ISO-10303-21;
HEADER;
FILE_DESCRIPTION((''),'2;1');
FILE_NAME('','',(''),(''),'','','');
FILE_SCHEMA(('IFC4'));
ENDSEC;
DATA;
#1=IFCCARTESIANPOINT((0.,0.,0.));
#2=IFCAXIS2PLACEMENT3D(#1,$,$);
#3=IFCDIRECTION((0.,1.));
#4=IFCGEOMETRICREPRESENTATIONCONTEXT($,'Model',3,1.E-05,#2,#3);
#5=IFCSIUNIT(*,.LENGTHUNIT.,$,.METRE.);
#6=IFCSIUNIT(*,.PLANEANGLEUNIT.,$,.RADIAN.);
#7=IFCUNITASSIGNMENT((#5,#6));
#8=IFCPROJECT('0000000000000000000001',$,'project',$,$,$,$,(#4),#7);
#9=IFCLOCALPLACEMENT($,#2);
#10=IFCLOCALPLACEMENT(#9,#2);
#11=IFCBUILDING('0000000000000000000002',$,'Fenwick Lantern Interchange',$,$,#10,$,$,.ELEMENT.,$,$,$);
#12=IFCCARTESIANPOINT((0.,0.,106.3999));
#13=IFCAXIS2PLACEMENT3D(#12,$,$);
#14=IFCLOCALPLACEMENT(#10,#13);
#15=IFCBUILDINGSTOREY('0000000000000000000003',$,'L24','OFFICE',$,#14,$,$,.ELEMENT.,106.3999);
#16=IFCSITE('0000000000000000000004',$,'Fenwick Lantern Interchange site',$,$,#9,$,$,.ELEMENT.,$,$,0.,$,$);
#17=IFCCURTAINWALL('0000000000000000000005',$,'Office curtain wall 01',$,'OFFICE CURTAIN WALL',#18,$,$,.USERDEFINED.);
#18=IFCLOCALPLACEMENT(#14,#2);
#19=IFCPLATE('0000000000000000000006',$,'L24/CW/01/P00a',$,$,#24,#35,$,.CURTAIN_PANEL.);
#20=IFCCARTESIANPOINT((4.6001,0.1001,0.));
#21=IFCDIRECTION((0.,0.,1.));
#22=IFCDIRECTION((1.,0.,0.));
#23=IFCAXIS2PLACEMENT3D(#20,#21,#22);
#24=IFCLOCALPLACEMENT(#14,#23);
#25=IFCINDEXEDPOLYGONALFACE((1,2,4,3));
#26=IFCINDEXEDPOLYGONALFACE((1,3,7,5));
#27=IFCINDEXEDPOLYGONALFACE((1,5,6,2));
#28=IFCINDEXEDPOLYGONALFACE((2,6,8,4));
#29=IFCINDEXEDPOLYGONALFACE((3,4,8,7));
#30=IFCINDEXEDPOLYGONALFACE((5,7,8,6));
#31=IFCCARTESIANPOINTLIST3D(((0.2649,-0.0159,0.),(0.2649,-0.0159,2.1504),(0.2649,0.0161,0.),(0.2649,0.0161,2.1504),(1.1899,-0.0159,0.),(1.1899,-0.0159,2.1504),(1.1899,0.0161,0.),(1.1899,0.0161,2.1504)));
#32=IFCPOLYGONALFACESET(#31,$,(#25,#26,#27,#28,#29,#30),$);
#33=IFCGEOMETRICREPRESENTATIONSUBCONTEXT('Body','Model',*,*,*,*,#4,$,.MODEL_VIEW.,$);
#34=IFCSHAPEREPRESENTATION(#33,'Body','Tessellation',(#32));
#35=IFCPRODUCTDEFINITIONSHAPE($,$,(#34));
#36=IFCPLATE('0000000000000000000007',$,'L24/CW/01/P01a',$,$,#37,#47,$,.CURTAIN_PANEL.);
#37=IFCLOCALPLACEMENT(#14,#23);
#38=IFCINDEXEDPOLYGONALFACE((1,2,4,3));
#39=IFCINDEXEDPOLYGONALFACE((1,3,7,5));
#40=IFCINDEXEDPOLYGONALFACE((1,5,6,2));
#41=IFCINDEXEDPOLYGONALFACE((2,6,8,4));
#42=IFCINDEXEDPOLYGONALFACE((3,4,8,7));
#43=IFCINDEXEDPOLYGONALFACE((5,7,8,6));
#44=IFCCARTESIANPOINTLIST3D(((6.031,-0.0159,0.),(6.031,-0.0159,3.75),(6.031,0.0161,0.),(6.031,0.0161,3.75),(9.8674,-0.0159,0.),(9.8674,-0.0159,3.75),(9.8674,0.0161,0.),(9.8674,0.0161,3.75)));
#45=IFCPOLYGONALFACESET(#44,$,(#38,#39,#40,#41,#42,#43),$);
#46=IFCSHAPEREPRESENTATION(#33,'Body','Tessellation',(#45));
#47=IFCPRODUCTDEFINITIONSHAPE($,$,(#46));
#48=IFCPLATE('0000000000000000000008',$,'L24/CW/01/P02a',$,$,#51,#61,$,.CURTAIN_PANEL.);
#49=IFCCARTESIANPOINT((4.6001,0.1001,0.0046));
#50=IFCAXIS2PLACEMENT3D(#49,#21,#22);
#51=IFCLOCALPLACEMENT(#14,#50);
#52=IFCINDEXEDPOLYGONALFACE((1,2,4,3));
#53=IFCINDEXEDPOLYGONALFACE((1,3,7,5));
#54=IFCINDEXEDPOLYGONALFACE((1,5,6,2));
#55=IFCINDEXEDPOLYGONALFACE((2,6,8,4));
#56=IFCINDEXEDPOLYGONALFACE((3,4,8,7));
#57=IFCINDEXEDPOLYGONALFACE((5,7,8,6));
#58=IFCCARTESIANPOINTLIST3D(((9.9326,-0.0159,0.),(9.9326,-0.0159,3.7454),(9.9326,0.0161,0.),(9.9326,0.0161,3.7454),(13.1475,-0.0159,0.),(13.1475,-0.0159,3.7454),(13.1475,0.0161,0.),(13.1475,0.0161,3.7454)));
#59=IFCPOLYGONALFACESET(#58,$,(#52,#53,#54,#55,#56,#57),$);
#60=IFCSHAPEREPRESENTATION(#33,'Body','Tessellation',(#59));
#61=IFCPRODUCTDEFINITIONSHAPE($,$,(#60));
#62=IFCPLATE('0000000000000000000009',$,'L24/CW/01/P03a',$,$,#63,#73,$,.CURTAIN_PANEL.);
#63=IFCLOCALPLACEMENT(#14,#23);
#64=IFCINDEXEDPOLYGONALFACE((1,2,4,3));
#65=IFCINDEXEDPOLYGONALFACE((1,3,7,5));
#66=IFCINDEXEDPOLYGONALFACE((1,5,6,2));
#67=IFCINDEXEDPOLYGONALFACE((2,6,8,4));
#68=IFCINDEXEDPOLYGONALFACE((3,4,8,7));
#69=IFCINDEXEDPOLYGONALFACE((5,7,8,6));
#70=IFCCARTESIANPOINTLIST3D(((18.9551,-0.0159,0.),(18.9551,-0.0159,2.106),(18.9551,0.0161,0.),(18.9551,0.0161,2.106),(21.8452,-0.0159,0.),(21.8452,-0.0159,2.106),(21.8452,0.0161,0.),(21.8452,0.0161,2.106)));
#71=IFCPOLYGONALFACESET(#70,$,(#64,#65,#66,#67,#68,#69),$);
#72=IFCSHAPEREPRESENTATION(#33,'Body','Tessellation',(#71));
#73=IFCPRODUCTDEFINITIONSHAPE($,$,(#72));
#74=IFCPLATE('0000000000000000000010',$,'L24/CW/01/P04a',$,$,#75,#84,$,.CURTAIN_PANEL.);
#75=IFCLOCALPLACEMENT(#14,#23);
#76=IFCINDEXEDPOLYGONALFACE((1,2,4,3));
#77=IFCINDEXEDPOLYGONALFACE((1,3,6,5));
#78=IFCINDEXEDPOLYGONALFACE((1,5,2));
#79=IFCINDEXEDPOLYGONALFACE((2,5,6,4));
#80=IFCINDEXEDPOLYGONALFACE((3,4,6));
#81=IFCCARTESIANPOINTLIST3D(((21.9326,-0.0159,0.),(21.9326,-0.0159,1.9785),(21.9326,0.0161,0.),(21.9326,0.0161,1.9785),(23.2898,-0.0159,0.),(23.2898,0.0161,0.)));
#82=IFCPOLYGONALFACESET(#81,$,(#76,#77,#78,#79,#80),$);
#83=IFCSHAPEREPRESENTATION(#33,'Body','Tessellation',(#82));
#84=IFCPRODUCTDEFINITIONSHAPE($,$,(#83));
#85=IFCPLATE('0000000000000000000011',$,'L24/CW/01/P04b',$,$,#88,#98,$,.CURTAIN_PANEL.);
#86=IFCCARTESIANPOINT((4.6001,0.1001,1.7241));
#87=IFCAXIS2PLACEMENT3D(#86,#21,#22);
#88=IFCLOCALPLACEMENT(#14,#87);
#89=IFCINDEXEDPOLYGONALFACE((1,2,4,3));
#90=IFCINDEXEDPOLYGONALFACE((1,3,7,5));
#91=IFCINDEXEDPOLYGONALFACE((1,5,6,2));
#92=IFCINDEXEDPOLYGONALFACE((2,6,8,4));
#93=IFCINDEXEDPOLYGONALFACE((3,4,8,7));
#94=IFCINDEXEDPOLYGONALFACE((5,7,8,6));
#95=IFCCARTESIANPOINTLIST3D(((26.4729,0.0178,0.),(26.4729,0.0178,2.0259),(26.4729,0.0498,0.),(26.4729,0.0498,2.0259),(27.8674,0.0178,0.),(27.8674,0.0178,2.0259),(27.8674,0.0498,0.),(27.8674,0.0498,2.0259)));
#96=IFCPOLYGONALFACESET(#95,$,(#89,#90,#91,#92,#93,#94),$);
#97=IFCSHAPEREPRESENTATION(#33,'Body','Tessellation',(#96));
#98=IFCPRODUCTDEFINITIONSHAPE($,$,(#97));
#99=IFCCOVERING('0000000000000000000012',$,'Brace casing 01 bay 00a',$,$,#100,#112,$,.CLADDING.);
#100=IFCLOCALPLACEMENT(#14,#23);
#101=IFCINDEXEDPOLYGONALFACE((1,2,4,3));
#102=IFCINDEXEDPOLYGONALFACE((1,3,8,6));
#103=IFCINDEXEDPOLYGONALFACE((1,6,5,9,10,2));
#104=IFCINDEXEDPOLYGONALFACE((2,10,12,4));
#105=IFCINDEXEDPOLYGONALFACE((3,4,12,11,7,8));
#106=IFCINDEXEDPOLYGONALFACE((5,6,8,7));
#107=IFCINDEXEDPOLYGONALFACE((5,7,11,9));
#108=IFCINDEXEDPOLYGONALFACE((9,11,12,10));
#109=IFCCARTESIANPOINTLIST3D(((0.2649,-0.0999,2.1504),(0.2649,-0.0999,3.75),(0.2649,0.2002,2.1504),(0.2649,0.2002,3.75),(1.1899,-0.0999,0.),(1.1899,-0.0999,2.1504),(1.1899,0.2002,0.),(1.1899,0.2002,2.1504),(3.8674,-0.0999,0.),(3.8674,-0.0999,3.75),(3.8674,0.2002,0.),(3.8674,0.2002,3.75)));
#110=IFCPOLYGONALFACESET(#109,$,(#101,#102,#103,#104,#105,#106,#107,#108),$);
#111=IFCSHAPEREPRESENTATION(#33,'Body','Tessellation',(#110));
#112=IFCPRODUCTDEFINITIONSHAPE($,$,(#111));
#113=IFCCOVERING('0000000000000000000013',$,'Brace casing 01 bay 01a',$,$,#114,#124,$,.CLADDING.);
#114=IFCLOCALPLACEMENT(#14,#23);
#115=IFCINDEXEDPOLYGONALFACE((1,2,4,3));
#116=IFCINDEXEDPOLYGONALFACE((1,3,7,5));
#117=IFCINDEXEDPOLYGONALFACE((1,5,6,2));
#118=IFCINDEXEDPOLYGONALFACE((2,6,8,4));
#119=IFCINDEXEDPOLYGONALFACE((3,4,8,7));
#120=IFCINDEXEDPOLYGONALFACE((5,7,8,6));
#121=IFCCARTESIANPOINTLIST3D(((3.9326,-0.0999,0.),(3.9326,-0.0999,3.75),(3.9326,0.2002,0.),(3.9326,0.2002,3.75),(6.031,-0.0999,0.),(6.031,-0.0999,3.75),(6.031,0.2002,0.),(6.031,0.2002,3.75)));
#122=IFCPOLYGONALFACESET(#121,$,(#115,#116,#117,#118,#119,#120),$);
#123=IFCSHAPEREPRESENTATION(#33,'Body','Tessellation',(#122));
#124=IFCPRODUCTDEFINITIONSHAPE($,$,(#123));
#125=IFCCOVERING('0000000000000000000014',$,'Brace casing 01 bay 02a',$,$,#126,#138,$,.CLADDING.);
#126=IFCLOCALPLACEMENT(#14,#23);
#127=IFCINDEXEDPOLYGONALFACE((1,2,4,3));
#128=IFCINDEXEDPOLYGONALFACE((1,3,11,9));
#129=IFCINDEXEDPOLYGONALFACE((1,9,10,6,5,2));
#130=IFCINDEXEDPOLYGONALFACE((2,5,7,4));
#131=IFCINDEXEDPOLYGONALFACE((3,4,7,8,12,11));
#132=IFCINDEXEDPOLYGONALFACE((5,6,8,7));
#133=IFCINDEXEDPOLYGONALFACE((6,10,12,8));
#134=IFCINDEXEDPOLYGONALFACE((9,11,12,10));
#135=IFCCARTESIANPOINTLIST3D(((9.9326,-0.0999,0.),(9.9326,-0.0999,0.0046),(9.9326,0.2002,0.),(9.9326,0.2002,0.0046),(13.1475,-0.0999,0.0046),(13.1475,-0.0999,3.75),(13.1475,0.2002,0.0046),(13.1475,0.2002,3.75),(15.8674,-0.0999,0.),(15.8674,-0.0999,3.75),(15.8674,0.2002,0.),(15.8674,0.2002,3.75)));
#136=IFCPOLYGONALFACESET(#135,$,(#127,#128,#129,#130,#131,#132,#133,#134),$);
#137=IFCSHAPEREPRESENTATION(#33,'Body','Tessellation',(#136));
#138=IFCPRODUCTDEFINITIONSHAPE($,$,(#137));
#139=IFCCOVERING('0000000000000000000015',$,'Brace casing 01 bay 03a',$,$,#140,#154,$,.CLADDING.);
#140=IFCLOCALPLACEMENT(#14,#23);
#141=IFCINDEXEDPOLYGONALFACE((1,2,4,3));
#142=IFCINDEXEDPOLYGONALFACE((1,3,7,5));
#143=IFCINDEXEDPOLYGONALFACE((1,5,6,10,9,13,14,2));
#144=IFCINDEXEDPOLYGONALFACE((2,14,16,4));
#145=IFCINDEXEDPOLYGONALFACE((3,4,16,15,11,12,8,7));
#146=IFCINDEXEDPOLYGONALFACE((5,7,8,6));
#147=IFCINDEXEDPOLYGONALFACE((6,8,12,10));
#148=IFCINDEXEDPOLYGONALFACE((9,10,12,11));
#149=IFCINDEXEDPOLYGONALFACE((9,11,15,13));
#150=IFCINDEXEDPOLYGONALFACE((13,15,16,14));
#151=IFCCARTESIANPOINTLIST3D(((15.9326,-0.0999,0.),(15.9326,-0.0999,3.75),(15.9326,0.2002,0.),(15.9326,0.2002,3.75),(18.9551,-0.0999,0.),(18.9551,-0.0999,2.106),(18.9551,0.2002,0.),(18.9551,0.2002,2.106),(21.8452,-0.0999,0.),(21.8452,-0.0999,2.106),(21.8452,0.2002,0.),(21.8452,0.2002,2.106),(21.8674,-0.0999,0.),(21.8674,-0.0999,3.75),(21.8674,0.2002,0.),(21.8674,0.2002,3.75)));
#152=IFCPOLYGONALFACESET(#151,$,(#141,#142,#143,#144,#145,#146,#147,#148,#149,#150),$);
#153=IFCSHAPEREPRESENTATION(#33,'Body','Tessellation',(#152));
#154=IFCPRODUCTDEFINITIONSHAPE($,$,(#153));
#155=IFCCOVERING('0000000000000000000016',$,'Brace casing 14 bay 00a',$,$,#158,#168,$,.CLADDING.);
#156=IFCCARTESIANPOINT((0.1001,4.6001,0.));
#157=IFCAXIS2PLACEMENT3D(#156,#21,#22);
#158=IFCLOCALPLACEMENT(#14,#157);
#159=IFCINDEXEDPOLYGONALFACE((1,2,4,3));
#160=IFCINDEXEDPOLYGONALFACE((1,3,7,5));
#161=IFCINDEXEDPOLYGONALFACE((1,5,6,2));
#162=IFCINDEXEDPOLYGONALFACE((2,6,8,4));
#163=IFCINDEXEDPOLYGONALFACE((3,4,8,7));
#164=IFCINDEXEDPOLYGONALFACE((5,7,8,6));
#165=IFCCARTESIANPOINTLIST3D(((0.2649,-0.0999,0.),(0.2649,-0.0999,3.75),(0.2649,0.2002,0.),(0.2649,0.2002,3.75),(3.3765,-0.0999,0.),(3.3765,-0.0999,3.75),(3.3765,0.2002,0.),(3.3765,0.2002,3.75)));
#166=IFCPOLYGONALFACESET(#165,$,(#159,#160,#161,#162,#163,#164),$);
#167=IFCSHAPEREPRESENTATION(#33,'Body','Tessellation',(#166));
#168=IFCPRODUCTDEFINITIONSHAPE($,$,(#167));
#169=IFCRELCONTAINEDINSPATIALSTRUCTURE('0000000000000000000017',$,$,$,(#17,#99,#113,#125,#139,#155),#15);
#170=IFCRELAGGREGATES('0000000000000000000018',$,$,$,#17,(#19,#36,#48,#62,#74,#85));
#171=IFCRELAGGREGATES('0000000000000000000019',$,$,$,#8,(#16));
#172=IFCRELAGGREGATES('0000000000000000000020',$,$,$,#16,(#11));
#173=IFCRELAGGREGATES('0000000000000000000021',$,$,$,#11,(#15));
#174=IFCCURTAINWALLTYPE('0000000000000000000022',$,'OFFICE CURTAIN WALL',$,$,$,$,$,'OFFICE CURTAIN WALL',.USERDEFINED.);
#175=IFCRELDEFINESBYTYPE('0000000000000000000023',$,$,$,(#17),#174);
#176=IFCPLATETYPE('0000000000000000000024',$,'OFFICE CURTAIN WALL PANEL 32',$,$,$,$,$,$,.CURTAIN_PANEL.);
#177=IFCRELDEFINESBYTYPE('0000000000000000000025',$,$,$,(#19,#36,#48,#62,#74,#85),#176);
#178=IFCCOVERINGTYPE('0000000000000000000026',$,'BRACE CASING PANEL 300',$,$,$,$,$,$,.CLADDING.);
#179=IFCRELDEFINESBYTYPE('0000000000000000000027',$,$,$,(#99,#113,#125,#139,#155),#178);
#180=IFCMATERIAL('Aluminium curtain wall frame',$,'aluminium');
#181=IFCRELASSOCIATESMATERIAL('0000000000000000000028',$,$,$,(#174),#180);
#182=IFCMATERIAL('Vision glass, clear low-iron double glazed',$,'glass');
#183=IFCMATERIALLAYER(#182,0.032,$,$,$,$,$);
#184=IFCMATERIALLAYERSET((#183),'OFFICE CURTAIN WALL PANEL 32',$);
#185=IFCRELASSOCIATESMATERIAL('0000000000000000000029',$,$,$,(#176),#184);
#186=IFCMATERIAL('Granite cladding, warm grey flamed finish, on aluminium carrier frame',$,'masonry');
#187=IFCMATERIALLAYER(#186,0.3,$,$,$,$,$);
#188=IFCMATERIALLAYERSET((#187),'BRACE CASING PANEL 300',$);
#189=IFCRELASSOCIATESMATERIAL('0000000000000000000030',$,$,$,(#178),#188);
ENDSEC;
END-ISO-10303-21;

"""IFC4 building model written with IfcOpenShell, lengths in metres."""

from ifc_helpers import new_model, si_unit, direction, frame, origin, place, context, subcontext, project, spatial, polyline, outline, extrude, material, layer, layer_set, type_object, element, aggregate, save


model = new_model("IFC4")

# Units and contexts
model_context = context("Model", 3, precision=1e-05, world=origin(), true_north=direction((0.0, 1.0)))
body_context = subcontext(model_context, "Body", "Model", "MODEL_VIEW")
ifc_project = project(units=[si_unit("LENGTHUNIT", "METRE"), si_unit("PLANEANGLEUNIT", "RADIAN")], contexts=[model_context])

# Site, building, storey
site_placement = place(None, origin())
site = spatial("IfcSite", under=ifc_project, at=site_placement, Name="Fenwick Lantern Interchange site", CompositionType="ELEMENT", RefElevation=0.0)
building_placement = place(site_placement, origin())
building = spatial("IfcBuilding", under=site, at=building_placement, Name="Fenwick Lantern Interchange", CompositionType="ELEMENT")
storey_placement = place(building_placement, frame((0.0, 0.0, 106.3999)))
storey = spatial("IfcBuildingStorey", under=building, at=storey_placement, Name="L24", Description="OFFICE", CompositionType="ELEMENT", Elevation=106.3999)

# Shared definitions
ifc_material_1 = material(Name="Aluminium curtain wall frame", Category="aluminium")
curtain_wall_type = type_object("IfcCurtainWallType", Name="OFFICE CURTAIN WALL", ElementType="OFFICE CURTAIN WALL", PredefinedType="USERDEFINED", material=ifc_material_1)

# Curtain wall, plates
curtain_wall_1_placement = place(storey_placement, origin())
curtain_wall_1 = element("IfcCurtainWall", 1, at=curtain_wall_1_placement, inside=storey, type_object=curtain_wall_type, Name="Office curtain wall 01", ObjectType="OFFICE CURTAIN WALL", PredefinedType="USERDEFINED")
ifc_material_2 = material(Name="Vision glass, clear low-iron double glazed", Category="glass")
ifc_layer_1 = layer(ifc_material_2, 0.032)
ifc_layer_set_1 = layer_set([ifc_layer_1], Name="OFFICE CURTAIN WALL PANEL 32")
plate_type = type_object("IfcPlateType", Name="OFFICE CURTAIN WALL PANEL 32", PredefinedType="CURTAIN_PANEL", material=ifc_layer_set_1)
plate_1_placement = place(storey_placement, frame((4.6001, 0.1001, 0.0), z_axis=(0.0, 0.0, 1.0), x_axis=(1.0, 0.0, 0.0)))
plate_1 = element("IfcPlate", 2, at=plate_1_placement, type_object=plate_type, Name="L24/CW/01/P00a", PredefinedType="CURTAIN_PANEL", context=body_context, shape_type="SweptSolid", body=[
    extrude(outline(polyline([(0.2649, 0.0), (1.1899, 0.0), (1.1899, 2.1504), (0.2649, 2.1504), (0.2649, 0.0)])), frame((0.0, 0.0161, 0.0), z_axis=(0.0, -1.0, 0.0), x_axis=(1.0, 0.0, 0.0)), (0.0, 0.0, 1.0), 0.032),
])
plate_2_placement = place(storey_placement, frame((4.6001, 0.1001, 0.0), z_axis=(0.0, 0.0, 1.0), x_axis=(1.0, 0.0, 0.0)))
plate_2 = element("IfcPlate", 3, at=plate_2_placement, type_object=plate_type, Name="L24/CW/01/P01a", PredefinedType="CURTAIN_PANEL", context=body_context, shape_type="SweptSolid", body=[
    extrude(outline(polyline([(6.031, 0.0), (9.8674, 0.0), (9.8674, 3.75), (6.031, 3.75), (6.031, 0.0)])), frame((0.0, 0.0161, 0.0), z_axis=(0.0, -1.0, 0.0), x_axis=(1.0, 0.0, 0.0)), (0.0, 0.0, 1.0), 0.032),
])
plate_3_placement = place(storey_placement, frame((4.6001, 0.1001, 0.0046), z_axis=(0.0, 0.0, 1.0), x_axis=(1.0, 0.0, 0.0)))
plate_3 = element("IfcPlate", 4, at=plate_3_placement, type_object=plate_type, Name="L24/CW/01/P02a", PredefinedType="CURTAIN_PANEL", context=body_context, shape_type="SweptSolid", body=[
    extrude(outline(polyline([(9.9326, 0.0), (13.1475, 0.0), (13.1475, 3.7454), (9.9326, 3.7454), (9.9326, 0.0)])), frame((0.0, 0.0161, 0.0), z_axis=(0.0, -1.0, 0.0), x_axis=(1.0, 0.0, 0.0)), (0.0, 0.0, 1.0), 0.032),
])
plate_4_placement = place(storey_placement, frame((4.6001, 0.1001, 0.0), z_axis=(0.0, 0.0, 1.0), x_axis=(1.0, 0.0, 0.0)))
plate_4 = element("IfcPlate", 5, at=plate_4_placement, type_object=plate_type, Name="L24/CW/01/P03a", PredefinedType="CURTAIN_PANEL", context=body_context, shape_type="SweptSolid", body=[
    extrude(outline(polyline([(18.9551, 0.0), (21.8452, 0.0), (21.8452, 2.106), (18.9551, 2.106), (18.9551, 0.0)])), frame((0.0, 0.0161, 0.0), z_axis=(0.0, -1.0, 0.0), x_axis=(1.0, 0.0, 0.0)), (0.0, 0.0, 1.0), 0.032),
])
plate_5_placement = place(storey_placement, frame((4.6001, 0.1001, 0.0), z_axis=(0.0, 0.0, 1.0), x_axis=(1.0, 0.0, 0.0)))
plate_5 = element("IfcPlate", 6, at=plate_5_placement, type_object=plate_type, Name="L24/CW/01/P04a", PredefinedType="CURTAIN_PANEL", context=body_context, shape_type="SweptSolid", body=[
    extrude(outline(polyline([(21.9326, 0.0), (23.2898, 0.0), (21.9326, 1.9785), (21.9326, 0.0)])), frame((0.0, 0.0161, 0.0), z_axis=(0.0, -1.0, 0.0), x_axis=(1.0, 0.0, 0.0)), (0.0, 0.0, 1.0), 0.032),
])
plate_6_placement = place(storey_placement, frame((4.6001, 0.1001, 1.7241), z_axis=(0.0, 0.0, 1.0), x_axis=(1.0, 0.0, 0.0)))
plate_6 = element("IfcPlate", 7, at=plate_6_placement, type_object=plate_type, Name="L24/CW/01/P04b", PredefinedType="CURTAIN_PANEL", context=body_context, shape_type="SweptSolid", body=[
    extrude(outline(polyline([(26.4729, 0.0), (27.8674, 0.0), (27.8674, 2.0259), (26.4729, 2.0259), (26.4729, 0.0)])), frame((0.0, 0.0498, 0.0), z_axis=(0.0, -1.0, 0.0), x_axis=(1.0, 0.0, 0.0)), (0.0, 0.0, 1.0), 0.032),
])
aggregate(curtain_wall_1, [plate_1, plate_2, plate_3, plate_4, plate_5, plate_6])

# Coverings
ifc_material_3 = material(Name="Granite cladding, warm grey flamed finish, on aluminium carrier frame", Category="masonry")
ifc_layer_2 = layer(ifc_material_3, 0.3)
ifc_layer_set_2 = layer_set([ifc_layer_2], Name="BRACE CASING PANEL 300")
covering_type_1 = type_object("IfcCoveringType", Name="BRACE CASING PANEL 300", PredefinedType="CLADDING", material=ifc_layer_set_2)
covering_1_placement = place(storey_placement, frame((4.6001, 0.1001, 0.0), z_axis=(0.0, 0.0, 1.0), x_axis=(1.0, 0.0, 0.0)))
element("IfcCovering", 8, at=covering_1_placement, inside=storey, type_object=covering_type_1, Name="Brace casing 01 bay 00a", PredefinedType="CLADDING", context=body_context, shape_type="SweptSolid", body=[
    extrude(outline(polyline([(1.1899, 0.0), (3.8674, 0.0), (3.8674, 3.75), (0.2649, 3.75), (0.2649, 2.1504), (1.1899, 2.1504), (1.1899, 0.0)])), frame((0.0, 0.2002, 0.0), z_axis=(0.0, -1.0, 0.0), x_axis=(1.0, 0.0, 0.0)), (0.0, 0.0, 1.0), 0.3),
])
covering_2_placement = place(storey_placement, frame((4.6001, 0.1001, 0.0), z_axis=(0.0, 0.0, 1.0), x_axis=(1.0, 0.0, 0.0)))
element("IfcCovering", 9, at=covering_2_placement, inside=storey, type_object=covering_type_1, Name="Brace casing 01 bay 01a", PredefinedType="CLADDING", context=body_context, shape_type="SweptSolid", body=[
    extrude(outline(polyline([(3.9326, 0.0), (6.031, 0.0), (6.031, 3.75), (3.9326, 3.75), (3.9326, 0.0)])), frame((0.0, 0.2002, 0.0), z_axis=(0.0, -1.0, 0.0), x_axis=(1.0, 0.0, 0.0)), (0.0, 0.0, 1.0), 0.3),
])
covering_3_placement = place(storey_placement, frame((4.6001, 0.1001, 0.0), z_axis=(0.0, 0.0, 1.0), x_axis=(1.0, 0.0, 0.0)))
element("IfcCovering", 10, at=covering_3_placement, inside=storey, type_object=covering_type_1, Name="Brace casing 01 bay 02a", PredefinedType="CLADDING", context=body_context, shape_type="SweptSolid", body=[
    extrude(outline(polyline([(9.9326, 0.0), (15.8674, 0.0), (15.8674, 3.75), (13.1475, 3.75), (13.1475, 0.0046), (9.9326, 0.0046), (9.9326, 0.0)])), frame((0.0, 0.2002, 0.0), z_axis=(0.0, -1.0, 0.0), x_axis=(1.0, 0.0, 0.0)), (0.0, 0.0, 1.0), 0.3),
])
covering_4_placement = place(storey_placement, frame((4.6001, 0.1001, 0.0), z_axis=(0.0, 0.0, 1.0), x_axis=(1.0, 0.0, 0.0)))
element("IfcCovering", 11, at=covering_4_placement, inside=storey, type_object=covering_type_1, Name="Brace casing 01 bay 03a", PredefinedType="CLADDING", context=body_context, shape_type="SweptSolid", body=[
    extrude(outline(polyline([(15.9326, 0.0), (18.9551, 0.0), (18.9551, 2.106), (21.8452, 2.106), (21.8452, 0.0), (21.8674, 0.0), (21.8674, 3.75), (15.9326, 3.75), (15.9326, 0.0)])), frame((0.0, 0.2002, 0.0), z_axis=(0.0, -1.0, 0.0), x_axis=(1.0, 0.0, 0.0)), (0.0, 0.0, 1.0), 0.3),
])
covering_5_placement = place(storey_placement, frame((0.1001, 4.6001, 0.0), z_axis=(0.0, 0.0, 1.0), x_axis=(1.0, 0.0, 0.0)))
element("IfcCovering", 12, at=covering_5_placement, inside=storey, type_object=covering_type_1, Name="Brace casing 14 bay 00a", PredefinedType="CLADDING", context=body_context, shape_type="SweptSolid", body=[
    extrude(outline(polyline([(0.2649, 0.0), (3.3765, 0.0), (3.3765, 3.75), (0.2649, 3.75), (0.2649, 0.0)])), frame((0.0, 0.2002, 0.0), z_axis=(0.0, -1.0, 0.0), x_axis=(1.0, 0.0, 0.0)), (0.0, 0.0, 1.0), 0.3),
])

save(model, "model.ifc")
